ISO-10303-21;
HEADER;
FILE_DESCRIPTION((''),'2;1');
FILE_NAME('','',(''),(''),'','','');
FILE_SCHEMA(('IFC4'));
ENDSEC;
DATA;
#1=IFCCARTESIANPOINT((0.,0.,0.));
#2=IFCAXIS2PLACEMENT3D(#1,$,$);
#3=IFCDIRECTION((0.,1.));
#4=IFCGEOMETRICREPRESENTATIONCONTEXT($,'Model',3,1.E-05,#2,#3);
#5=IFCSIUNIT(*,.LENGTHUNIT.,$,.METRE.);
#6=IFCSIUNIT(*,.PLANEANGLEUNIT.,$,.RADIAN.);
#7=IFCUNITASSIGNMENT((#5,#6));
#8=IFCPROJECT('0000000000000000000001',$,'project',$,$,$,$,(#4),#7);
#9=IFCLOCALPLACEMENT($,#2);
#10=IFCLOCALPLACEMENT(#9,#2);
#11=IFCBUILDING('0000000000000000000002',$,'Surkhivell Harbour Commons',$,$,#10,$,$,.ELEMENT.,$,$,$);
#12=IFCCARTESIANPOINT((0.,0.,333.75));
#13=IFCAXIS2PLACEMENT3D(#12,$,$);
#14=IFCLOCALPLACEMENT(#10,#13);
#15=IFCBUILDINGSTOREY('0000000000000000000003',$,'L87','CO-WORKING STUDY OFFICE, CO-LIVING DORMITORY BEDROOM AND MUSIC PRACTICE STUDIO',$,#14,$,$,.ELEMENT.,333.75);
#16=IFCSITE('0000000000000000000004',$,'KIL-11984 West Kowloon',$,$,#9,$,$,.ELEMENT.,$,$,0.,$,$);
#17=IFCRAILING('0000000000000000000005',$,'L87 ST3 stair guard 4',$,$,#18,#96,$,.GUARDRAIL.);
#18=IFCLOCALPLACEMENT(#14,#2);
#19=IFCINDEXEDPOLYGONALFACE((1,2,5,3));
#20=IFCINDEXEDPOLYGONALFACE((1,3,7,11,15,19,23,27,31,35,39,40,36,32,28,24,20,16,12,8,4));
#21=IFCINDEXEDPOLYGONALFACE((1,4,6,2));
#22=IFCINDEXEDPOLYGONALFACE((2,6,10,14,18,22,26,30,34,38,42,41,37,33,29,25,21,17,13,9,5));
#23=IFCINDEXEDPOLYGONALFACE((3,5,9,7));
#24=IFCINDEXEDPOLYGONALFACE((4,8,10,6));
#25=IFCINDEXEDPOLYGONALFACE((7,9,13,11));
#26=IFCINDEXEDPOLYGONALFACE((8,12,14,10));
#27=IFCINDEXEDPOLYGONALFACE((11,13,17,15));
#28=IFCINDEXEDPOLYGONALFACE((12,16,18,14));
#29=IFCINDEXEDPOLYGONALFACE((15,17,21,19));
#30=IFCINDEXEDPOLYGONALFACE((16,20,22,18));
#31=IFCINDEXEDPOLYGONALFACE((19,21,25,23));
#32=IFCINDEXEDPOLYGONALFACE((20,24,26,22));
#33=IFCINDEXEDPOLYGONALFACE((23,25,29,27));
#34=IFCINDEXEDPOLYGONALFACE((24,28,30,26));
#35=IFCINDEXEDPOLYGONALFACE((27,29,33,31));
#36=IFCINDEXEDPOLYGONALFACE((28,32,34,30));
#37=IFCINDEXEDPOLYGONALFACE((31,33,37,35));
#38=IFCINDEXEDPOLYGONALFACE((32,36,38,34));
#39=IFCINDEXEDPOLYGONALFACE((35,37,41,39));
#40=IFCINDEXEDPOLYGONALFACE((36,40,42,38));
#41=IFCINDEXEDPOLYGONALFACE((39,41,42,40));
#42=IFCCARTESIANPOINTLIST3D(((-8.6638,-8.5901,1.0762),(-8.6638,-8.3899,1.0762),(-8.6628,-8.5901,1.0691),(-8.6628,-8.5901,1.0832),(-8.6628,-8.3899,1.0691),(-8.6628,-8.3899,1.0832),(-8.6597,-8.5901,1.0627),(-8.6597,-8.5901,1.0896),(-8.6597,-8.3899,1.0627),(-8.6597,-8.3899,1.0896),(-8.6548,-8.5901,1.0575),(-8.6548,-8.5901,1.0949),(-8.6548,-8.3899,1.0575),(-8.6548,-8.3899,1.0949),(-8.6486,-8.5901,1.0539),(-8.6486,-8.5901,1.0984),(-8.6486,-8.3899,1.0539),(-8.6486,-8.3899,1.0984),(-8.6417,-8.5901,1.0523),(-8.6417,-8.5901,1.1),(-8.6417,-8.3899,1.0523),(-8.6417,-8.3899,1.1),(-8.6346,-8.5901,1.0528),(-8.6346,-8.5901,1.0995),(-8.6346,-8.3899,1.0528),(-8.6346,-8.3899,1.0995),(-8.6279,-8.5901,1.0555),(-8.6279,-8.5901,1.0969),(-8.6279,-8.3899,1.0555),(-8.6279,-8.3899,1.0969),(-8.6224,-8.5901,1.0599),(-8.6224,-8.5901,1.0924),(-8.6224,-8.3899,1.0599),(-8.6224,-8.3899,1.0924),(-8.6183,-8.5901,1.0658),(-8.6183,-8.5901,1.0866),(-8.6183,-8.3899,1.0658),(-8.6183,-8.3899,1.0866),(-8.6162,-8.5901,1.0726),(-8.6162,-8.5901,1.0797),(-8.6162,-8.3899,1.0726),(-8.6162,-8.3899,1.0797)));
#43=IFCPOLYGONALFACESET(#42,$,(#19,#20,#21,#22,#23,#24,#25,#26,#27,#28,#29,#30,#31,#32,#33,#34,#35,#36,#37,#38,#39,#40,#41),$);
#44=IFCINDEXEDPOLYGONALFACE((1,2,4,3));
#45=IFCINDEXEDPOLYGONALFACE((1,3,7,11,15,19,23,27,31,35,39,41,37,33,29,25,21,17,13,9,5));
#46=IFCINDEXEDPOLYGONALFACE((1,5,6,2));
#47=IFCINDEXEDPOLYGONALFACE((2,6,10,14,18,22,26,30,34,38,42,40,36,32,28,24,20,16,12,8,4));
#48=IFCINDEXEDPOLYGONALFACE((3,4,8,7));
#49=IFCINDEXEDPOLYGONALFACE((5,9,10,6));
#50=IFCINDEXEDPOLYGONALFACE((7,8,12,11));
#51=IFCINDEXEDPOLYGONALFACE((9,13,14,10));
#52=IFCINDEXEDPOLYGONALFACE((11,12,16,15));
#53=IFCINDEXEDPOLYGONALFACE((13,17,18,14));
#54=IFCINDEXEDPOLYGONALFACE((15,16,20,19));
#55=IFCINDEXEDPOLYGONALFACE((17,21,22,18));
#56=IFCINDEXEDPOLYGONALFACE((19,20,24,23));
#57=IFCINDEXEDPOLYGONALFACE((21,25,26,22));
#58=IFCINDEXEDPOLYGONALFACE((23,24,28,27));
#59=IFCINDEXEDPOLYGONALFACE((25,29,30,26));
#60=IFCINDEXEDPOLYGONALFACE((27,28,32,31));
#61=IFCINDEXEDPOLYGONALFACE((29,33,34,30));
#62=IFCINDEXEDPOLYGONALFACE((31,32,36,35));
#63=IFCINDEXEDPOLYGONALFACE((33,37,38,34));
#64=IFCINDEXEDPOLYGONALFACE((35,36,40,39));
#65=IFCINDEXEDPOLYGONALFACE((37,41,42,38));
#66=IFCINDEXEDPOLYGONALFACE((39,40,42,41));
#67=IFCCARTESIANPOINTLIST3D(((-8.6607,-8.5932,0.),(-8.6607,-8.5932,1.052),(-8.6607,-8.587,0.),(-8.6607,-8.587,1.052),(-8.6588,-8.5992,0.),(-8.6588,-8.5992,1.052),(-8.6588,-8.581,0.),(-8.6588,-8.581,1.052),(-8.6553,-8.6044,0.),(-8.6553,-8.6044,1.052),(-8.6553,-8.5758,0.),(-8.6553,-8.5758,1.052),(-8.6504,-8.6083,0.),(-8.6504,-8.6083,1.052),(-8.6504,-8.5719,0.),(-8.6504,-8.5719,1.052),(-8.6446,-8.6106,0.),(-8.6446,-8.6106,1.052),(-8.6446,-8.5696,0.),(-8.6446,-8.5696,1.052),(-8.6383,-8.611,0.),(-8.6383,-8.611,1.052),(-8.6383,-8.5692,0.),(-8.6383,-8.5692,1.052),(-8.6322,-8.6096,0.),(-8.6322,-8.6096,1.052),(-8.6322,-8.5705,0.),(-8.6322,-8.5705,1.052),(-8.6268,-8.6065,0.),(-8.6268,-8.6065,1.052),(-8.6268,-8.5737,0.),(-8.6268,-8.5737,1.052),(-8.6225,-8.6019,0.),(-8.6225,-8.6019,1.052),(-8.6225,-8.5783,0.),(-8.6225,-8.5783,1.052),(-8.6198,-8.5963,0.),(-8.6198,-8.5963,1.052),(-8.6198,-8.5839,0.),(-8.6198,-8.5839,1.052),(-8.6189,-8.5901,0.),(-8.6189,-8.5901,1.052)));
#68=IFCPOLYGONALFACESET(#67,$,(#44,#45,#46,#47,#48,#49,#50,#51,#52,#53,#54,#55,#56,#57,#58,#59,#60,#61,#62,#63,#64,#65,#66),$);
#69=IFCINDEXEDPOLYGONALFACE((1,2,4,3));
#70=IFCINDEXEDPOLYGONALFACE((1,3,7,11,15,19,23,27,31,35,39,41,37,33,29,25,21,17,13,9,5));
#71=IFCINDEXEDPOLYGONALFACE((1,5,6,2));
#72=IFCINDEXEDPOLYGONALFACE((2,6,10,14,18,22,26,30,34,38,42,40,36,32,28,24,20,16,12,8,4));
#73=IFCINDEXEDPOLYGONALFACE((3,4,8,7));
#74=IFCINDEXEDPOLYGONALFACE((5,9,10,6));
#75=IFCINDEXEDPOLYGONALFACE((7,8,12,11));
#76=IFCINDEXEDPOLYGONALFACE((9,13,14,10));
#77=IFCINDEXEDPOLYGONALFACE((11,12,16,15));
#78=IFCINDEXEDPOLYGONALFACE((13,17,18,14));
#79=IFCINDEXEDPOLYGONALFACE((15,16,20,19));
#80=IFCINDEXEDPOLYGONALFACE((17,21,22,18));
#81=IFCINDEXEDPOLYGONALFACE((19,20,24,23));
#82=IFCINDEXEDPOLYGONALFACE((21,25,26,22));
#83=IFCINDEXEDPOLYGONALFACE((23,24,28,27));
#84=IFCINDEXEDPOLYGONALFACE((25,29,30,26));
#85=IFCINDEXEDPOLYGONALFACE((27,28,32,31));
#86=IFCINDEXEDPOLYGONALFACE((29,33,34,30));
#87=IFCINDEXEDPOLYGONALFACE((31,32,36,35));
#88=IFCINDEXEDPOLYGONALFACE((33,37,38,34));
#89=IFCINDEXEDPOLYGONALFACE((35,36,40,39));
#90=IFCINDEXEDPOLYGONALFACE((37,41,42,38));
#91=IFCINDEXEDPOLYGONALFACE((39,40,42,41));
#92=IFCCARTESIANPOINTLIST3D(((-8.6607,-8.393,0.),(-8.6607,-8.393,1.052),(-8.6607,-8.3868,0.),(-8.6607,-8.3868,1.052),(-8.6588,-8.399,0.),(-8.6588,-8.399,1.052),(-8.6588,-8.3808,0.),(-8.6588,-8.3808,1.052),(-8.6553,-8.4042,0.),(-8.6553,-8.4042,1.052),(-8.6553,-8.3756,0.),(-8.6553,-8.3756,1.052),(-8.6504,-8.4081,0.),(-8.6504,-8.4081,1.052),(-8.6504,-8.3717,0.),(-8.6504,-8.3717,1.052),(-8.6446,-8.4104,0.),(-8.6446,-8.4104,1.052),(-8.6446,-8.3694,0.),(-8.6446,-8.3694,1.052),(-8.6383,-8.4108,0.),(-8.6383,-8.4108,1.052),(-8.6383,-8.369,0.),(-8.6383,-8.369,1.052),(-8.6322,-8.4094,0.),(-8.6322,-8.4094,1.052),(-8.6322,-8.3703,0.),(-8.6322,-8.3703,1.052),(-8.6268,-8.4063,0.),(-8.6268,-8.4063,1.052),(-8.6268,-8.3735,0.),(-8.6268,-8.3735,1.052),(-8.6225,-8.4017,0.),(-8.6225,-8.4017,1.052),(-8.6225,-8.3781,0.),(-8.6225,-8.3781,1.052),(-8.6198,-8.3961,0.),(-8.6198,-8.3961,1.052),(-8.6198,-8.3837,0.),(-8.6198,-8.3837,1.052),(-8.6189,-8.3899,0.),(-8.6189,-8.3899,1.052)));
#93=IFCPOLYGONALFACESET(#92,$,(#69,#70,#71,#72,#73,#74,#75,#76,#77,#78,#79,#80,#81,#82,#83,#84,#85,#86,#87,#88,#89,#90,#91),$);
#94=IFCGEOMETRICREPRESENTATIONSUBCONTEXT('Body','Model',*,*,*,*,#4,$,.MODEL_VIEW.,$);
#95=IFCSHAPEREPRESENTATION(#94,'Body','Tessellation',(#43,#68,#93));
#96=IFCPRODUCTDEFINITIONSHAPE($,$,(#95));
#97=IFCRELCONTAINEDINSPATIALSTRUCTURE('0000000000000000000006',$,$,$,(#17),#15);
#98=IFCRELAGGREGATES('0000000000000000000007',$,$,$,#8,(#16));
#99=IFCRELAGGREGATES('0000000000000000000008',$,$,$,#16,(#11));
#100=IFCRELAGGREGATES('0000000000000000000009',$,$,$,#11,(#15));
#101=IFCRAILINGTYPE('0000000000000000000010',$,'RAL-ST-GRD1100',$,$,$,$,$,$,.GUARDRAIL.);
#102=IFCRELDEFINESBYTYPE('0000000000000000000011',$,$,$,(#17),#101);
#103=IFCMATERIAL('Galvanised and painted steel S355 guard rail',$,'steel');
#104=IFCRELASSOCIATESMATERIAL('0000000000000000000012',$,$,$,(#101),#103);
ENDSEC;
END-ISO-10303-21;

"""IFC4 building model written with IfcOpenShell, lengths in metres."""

from ifc_helpers import new_model, si_unit, direction, frame, origin, origin_2d, place, context, subcontext, project, spatial, circle, extrude, material, type_object, element, save


model = new_model("IFC4")

# Units and contexts
model_context = context("Model", 3, precision=1e-05, world=origin(), true_north=direction((0.0, 1.0)))
body_context = subcontext(model_context, "Body", "Model", "MODEL_VIEW")
ifc_project = project(units=[si_unit("LENGTHUNIT", "METRE"), si_unit("PLANEANGLEUNIT", "RADIAN")], contexts=[model_context])

# Site, building, storey
site_placement = place(None, origin())
site = spatial("IfcSite", under=ifc_project, at=site_placement, Name="KIL-11984 West Kowloon", CompositionType="ELEMENT", RefElevation=0.0)
building_placement = place(site_placement, origin())
building = spatial("IfcBuilding", under=site, at=building_placement, Name="Surkhivell Harbour Commons", CompositionType="ELEMENT")
storey_placement = place(building_placement, frame((0.0, 0.0, 333.75)))
storey = spatial("IfcBuildingStorey", under=building, at=storey_placement, Name="L87", Description="CO-WORKING STUDY OFFICE, CO-LIVING DORMITORY BEDROOM AND MUSIC PRACTICE STUDIO", CompositionType="ELEMENT", Elevation=333.75)

# Railing
ifc_material_1 = material(Name="Galvanised and painted steel S355 guard rail", Category="steel")
railing_type_1 = type_object("IfcRailingType", Name="RAL-ST-GRD1100", PredefinedType="GUARDRAIL", material=ifc_material_1)
railing_1_placement = place(storey_placement, frame((-8.6399, -8.5901, 0.0)))
element("IfcRailing", 1, at=railing_1_placement, inside=storey, type_object=railing_type_1, Name="L87 ST3 stair guard 4", PredefinedType="GUARDRAIL", context=body_context, shape_type="SweptSolid", body=[
    extrude(circle(Radius=0.0239, at=origin_2d()), frame((0.0, 0.0, 1.0762), z_axis=(0.0, 1.0, 0.0), x_axis=(-1.0, 0.0, 0.0)), (0.0, 0.0, 1.0), 0.2002),
    extrude(circle(Radius=0.021, at=origin_2d()), origin(), (0.0, 0.0, 1.0), 1.052),
    extrude(circle(Radius=0.021, at=origin_2d()), frame((0.0, 0.2002, 0.0)), (0.0, 0.0, 1.0), 1.052),
])

save(model, "model.ifc")
